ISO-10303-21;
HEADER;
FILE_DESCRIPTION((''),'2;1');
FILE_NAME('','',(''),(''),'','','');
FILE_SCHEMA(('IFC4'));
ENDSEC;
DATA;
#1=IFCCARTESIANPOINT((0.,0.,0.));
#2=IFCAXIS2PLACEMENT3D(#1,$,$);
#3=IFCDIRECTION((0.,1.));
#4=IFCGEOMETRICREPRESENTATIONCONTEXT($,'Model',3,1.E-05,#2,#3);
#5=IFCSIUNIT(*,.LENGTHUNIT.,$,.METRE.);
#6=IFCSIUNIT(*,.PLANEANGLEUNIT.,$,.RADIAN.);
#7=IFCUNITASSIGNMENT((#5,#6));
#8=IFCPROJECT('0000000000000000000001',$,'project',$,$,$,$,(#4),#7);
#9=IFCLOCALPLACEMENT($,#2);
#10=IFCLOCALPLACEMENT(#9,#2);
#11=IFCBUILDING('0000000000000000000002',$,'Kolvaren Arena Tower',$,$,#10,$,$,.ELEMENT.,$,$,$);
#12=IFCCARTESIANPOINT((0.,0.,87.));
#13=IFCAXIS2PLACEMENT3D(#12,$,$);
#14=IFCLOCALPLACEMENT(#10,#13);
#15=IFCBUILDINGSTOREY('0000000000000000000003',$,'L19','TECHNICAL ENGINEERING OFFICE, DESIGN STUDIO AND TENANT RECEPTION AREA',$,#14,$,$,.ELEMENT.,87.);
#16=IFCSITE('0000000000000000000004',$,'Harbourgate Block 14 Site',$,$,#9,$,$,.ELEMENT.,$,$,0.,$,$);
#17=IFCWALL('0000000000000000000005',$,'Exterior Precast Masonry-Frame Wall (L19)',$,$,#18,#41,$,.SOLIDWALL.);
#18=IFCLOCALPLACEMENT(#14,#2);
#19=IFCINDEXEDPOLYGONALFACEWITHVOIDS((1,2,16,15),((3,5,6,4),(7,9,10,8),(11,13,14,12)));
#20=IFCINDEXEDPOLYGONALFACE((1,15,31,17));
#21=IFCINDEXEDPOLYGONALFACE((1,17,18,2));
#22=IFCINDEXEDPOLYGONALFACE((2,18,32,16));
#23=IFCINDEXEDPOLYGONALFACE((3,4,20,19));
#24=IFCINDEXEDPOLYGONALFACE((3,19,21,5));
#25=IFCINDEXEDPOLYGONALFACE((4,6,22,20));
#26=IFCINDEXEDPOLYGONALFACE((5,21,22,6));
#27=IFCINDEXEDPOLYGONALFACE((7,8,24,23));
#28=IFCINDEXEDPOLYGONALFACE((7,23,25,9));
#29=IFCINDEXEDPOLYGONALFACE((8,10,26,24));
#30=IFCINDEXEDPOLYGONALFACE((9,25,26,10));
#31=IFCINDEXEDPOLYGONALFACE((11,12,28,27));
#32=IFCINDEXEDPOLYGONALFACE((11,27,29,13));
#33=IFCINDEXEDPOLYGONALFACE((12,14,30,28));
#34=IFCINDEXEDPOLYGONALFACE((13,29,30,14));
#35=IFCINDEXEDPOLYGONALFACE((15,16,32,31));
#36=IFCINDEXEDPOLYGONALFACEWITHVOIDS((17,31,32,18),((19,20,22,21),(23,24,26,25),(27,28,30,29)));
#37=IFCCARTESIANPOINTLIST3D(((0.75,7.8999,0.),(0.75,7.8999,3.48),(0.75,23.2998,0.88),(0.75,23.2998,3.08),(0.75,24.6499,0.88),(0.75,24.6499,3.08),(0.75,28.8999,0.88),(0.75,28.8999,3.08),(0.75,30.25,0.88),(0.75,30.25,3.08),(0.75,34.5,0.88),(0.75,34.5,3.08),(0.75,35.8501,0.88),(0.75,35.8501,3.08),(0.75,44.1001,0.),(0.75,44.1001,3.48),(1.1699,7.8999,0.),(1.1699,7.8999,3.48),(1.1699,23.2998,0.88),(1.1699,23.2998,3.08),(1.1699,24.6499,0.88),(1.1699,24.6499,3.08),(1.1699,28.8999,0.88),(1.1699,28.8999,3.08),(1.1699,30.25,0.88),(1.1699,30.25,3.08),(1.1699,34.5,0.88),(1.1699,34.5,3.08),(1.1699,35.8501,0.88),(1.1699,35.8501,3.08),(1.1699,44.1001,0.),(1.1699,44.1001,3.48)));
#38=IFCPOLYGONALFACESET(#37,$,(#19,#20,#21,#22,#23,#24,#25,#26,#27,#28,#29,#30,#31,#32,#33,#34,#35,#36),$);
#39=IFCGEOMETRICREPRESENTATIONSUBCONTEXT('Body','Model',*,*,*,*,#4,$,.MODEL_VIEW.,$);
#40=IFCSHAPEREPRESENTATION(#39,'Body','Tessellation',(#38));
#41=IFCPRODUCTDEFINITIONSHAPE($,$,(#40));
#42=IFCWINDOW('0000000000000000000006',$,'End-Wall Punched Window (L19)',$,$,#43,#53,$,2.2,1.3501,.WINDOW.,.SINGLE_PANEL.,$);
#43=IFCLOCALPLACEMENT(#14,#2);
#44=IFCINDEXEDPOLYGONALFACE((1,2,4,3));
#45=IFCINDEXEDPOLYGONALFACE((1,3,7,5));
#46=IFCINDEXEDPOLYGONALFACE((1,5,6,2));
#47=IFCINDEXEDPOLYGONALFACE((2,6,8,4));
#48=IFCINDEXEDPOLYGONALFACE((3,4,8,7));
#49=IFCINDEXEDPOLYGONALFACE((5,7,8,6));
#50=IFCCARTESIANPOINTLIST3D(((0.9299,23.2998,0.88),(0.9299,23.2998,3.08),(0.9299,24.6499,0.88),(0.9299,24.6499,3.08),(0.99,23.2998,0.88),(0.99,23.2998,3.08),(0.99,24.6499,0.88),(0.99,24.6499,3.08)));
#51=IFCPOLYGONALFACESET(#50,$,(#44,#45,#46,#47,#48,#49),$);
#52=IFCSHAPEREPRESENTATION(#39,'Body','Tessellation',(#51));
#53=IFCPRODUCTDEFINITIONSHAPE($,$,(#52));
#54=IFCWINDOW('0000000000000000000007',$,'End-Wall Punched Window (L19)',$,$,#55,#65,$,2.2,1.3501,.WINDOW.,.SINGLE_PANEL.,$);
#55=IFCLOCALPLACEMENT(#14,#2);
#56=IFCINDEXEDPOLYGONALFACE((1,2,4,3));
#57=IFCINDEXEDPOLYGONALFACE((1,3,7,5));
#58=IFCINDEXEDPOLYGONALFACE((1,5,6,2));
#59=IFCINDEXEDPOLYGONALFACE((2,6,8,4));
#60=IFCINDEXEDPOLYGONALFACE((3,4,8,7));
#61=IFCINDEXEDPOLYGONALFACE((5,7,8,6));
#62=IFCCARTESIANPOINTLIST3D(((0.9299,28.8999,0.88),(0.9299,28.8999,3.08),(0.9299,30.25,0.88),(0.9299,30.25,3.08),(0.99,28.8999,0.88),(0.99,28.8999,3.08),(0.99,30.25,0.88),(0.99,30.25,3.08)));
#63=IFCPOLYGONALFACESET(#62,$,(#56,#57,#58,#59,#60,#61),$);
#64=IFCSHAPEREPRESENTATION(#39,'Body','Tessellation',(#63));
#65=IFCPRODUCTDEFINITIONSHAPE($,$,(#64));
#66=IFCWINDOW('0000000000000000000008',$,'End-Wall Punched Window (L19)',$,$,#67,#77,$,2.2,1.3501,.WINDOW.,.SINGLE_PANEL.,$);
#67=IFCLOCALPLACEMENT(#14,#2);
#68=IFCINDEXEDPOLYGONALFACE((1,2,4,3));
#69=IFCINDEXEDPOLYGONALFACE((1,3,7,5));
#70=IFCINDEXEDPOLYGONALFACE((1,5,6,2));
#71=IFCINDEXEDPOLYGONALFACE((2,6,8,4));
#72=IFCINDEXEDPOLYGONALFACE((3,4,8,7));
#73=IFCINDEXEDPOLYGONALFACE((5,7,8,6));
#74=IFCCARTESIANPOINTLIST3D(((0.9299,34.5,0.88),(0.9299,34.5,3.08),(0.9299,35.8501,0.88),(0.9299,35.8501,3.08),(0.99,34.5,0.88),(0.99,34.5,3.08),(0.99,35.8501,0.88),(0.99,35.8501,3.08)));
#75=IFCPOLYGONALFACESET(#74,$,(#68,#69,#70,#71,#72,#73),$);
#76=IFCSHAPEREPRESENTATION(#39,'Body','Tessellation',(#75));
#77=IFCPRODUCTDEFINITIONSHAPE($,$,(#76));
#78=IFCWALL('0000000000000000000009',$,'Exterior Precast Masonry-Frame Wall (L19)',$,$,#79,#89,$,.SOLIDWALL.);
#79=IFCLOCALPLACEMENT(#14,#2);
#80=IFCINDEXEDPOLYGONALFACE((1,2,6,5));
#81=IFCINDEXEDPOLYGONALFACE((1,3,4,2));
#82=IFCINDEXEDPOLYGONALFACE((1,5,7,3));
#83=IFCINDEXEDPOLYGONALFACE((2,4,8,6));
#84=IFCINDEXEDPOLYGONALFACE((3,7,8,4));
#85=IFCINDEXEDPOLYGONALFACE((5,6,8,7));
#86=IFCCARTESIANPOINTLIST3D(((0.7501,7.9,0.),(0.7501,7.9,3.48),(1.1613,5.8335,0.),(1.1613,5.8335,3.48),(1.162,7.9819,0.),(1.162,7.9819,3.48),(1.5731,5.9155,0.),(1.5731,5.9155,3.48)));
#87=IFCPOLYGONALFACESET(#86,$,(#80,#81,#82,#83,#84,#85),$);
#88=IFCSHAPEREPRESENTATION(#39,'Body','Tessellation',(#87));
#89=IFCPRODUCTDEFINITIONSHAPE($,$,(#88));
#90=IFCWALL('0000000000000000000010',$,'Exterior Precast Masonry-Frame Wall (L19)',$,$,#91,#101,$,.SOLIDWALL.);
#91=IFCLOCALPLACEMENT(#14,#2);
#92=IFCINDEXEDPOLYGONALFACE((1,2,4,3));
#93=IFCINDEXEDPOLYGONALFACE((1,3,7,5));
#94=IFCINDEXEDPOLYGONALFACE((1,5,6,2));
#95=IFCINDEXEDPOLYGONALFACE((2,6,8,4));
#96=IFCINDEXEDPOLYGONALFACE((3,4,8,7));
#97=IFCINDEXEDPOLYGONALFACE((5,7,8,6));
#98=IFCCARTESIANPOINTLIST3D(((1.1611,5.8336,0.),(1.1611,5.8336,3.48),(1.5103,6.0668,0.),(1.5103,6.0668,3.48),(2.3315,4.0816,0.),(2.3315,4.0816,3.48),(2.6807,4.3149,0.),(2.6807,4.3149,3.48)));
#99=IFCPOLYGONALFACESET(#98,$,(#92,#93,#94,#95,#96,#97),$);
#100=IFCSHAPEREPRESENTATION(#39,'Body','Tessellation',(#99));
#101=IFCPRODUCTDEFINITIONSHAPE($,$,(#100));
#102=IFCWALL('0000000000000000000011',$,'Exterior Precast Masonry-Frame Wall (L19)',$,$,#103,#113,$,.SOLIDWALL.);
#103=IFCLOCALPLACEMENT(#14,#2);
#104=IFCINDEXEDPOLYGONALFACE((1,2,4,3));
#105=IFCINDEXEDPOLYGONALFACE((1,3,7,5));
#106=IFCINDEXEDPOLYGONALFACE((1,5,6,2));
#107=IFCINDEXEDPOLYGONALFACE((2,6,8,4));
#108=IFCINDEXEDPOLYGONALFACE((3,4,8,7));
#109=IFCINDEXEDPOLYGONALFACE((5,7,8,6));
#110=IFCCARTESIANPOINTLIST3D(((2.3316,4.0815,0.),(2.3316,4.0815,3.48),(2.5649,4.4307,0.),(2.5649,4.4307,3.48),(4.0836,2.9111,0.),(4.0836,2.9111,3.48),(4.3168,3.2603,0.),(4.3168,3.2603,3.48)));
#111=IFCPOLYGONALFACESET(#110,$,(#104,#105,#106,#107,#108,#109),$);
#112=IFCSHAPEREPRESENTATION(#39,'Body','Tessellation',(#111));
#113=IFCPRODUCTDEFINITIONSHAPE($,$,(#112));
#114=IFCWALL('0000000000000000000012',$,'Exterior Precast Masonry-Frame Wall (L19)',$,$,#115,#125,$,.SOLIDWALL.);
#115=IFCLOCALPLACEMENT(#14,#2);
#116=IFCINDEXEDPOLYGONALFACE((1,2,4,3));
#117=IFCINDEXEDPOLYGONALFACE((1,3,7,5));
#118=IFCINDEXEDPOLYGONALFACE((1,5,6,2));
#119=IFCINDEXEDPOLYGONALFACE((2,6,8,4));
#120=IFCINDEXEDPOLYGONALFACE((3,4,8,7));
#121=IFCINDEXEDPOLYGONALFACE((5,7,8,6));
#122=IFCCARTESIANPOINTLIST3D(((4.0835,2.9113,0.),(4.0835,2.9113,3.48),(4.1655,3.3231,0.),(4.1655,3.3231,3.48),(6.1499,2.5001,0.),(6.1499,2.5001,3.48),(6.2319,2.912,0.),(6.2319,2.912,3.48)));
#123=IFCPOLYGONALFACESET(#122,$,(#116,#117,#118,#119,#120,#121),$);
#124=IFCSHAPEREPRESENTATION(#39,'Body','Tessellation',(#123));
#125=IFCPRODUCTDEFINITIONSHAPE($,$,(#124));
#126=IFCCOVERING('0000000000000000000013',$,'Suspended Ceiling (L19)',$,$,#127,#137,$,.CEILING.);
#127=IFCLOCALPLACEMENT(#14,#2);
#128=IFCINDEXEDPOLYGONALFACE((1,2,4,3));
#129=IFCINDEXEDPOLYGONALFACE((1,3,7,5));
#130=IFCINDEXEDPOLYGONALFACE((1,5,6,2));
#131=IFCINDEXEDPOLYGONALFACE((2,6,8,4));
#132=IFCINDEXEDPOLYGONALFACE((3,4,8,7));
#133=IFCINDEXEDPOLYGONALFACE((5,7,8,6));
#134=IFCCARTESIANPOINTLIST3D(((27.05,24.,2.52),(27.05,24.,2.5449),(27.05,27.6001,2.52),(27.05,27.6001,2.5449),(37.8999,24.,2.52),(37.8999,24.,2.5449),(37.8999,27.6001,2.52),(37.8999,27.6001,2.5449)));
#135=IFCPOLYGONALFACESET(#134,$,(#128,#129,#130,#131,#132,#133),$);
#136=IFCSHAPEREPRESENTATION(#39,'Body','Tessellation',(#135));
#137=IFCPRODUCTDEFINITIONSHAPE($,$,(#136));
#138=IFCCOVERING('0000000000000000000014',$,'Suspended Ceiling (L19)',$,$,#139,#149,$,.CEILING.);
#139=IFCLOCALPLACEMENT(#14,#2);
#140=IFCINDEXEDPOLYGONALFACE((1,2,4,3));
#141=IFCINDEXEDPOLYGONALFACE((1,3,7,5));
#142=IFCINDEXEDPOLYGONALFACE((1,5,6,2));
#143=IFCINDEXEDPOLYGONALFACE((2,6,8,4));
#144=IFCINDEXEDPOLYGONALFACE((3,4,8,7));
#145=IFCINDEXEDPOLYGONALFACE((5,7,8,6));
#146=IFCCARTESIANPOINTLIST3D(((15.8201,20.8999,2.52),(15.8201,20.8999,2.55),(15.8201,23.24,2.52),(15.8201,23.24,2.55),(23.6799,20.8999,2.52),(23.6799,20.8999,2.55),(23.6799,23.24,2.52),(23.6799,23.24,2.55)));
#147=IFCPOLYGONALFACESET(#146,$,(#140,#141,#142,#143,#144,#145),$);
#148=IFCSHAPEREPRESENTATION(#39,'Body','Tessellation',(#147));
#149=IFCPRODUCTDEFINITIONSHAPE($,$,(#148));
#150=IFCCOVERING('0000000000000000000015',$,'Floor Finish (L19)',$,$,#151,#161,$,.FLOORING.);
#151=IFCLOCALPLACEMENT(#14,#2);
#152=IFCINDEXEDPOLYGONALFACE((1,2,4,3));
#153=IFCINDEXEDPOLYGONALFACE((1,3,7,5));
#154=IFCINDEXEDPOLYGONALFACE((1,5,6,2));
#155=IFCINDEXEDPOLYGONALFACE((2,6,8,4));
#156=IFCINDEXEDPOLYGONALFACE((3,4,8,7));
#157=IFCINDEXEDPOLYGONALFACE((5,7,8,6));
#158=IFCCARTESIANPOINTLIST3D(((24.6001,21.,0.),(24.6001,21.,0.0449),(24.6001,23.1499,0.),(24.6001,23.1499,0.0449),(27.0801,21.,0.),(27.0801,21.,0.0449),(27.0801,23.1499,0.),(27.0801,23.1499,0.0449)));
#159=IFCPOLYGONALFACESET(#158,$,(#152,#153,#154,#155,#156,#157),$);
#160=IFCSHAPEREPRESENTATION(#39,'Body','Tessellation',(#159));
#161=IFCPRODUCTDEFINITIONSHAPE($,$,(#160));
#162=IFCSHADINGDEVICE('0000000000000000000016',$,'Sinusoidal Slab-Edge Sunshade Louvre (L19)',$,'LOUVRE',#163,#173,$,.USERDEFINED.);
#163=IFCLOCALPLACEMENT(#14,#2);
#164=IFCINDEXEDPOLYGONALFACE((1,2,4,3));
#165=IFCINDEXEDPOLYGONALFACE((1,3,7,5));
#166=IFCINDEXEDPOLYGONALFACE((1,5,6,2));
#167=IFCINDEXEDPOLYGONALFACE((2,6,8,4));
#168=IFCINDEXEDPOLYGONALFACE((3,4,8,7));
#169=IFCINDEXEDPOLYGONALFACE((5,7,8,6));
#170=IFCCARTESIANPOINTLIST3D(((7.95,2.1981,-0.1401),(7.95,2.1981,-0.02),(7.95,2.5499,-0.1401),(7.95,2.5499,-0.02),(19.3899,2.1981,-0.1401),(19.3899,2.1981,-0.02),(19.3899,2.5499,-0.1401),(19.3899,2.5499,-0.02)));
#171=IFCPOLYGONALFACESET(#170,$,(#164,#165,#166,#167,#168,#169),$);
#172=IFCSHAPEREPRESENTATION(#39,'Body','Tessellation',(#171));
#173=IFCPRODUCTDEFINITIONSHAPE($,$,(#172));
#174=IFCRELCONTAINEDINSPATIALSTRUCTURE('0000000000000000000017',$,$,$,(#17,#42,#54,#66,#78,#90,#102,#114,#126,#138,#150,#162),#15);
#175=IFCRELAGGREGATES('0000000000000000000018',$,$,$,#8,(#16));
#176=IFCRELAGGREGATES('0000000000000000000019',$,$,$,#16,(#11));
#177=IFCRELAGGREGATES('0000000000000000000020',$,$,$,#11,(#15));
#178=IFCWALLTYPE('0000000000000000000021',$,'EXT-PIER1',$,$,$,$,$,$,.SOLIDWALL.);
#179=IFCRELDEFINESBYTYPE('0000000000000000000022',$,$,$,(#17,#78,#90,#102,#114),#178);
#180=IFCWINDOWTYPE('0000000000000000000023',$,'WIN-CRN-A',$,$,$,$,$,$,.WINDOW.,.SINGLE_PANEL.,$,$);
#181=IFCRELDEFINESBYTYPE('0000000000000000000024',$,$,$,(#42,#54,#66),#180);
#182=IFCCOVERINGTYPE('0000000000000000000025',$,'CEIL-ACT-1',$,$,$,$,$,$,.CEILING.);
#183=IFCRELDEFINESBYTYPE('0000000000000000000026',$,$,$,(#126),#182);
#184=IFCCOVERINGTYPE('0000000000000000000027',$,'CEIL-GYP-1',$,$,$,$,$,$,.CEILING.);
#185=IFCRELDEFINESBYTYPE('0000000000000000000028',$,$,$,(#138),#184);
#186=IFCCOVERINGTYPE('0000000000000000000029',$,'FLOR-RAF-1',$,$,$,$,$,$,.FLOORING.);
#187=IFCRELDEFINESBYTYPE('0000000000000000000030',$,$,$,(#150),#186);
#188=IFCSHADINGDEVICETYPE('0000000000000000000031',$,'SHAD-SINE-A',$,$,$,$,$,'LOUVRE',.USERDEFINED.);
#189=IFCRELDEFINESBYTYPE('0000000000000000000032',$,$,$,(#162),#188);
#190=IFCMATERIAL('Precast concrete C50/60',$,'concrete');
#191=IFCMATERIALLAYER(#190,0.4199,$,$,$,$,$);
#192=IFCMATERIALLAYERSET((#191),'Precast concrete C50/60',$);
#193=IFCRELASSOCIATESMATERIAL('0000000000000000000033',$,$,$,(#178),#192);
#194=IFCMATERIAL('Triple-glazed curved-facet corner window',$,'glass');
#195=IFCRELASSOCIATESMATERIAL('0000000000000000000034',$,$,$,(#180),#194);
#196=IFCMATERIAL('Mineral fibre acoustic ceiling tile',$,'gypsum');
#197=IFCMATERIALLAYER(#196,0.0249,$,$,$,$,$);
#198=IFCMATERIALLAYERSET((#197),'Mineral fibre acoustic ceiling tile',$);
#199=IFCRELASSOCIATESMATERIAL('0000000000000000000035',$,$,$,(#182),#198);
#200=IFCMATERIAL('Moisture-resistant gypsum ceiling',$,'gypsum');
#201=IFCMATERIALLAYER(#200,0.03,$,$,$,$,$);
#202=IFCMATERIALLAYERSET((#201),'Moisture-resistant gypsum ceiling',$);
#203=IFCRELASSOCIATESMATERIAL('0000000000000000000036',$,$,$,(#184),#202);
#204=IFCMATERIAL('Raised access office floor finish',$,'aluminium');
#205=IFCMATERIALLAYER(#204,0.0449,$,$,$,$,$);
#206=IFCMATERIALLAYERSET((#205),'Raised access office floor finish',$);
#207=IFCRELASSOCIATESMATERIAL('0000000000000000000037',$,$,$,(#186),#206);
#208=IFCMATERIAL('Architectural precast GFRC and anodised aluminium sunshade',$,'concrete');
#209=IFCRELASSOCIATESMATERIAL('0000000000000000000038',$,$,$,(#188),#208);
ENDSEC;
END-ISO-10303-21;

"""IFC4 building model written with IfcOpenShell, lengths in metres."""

from ifc_helpers import new_model, si_unit, direction, frame, frame_2d, origin, origin_2d, place, context, subcontext, project, spatial, polyline, rectangle, outline, extrude, material, layer, layer_set, type_object, element, fill, save


model = new_model("IFC4")

# Units and contexts
model_context = context("Model", 3, precision=1e-05, world=origin(), true_north=direction((0.0, 1.0)))
body_context = subcontext(model_context, "Body", "Model", "MODEL_VIEW")
ifc_project = project(units=[si_unit("LENGTHUNIT", "METRE"), si_unit("PLANEANGLEUNIT", "RADIAN")], contexts=[model_context])

# Site, building, storey
site_placement = place(None, origin())
site = spatial("IfcSite", under=ifc_project, at=site_placement, Name="Harbourgate Block 14 Site", CompositionType="ELEMENT", RefElevation=0.0)
building_placement = place(site_placement, origin())
building = spatial("IfcBuilding", under=site, at=building_placement, Name="Kolvaren Arena Tower", CompositionType="ELEMENT")
storey_placement = place(building_placement, frame((0.0, 0.0, 87.0)))
storey = spatial("IfcBuildingStorey", under=building, at=storey_placement, Name="L19", Description="TECHNICAL ENGINEERING OFFICE, DESIGN STUDIO AND TENANT RECEPTION AREA", CompositionType="ELEMENT", Elevation=87.0)

# Wall, openings, windows
ifc_material_1 = material(Name="Precast concrete C50/60", Category="concrete")
ifc_layer_1 = layer(ifc_material_1, 0.4199)
ifc_layer_set_1 = layer_set([ifc_layer_1], Name="Precast concrete C50/60")
wall_type = type_object("IfcWallType", Name="EXT-PIER1", PredefinedType="SOLIDWALL", material=ifc_layer_set_1)
wall_placement = place(storey_placement, frame((0.96, 7.8999, 0.0), z_axis=(0.0, 0.0, 1.0), x_axis=(0.0, 1.0, 0.0)))
wall = element("IfcWall", 1, at=wall_placement, inside=storey, type_object=wall_type, Name="Exterior Precast Masonry-Frame Wall (L19)", PredefinedType="SOLIDWALL", context=body_context, shape_type="SweptSolid", body=[
    extrude(rectangle(XDim=36.2002, YDim=0.4199, at=frame_2d((18.1001, 0.0))), origin(), (0.0, 0.0, 1.0), 3.48),
])
opening_1_placement = place(wall_placement, frame((15.3999, 0.0, 0.8799)))
opening_1 = element("IfcOpeningElement", 2, at=opening_1_placement, cuts=wall, PredefinedType="OPENING", context=body_context, shape_type="SweptSolid", body=[
    extrude(rectangle(XDim=1.3501, YDim=2.2, at=frame_2d((0.675, 1.1001))), frame((0.0, 0.22, 0.0), z_axis=(0.0, -1.0, 0.0), x_axis=(1.0, 0.0, 0.0)), (0.0, 0.0, 1.0), 0.4399),
])
opening_2_placement = place(wall_placement, frame((21.0, 0.0, 0.8799)))
opening_2 = element("IfcOpeningElement", 3, at=opening_2_placement, cuts=wall, PredefinedType="OPENING", context=body_context, shape_type="SweptSolid", body=[
    extrude(rectangle(XDim=1.3501, YDim=2.2, at=frame_2d((0.675, 1.1001))), frame((0.0, 0.22, 0.0), z_axis=(0.0, -1.0, 0.0), x_axis=(1.0, 0.0, 0.0)), (0.0, 0.0, 1.0), 0.4399),
])
opening_3_placement = place(wall_placement, frame((26.6001, 0.0, 0.8799)))
opening_3 = element("IfcOpeningElement", 4, at=opening_3_placement, cuts=wall, PredefinedType="OPENING", context=body_context, shape_type="SweptSolid", body=[
    extrude(rectangle(XDim=1.3501, YDim=2.2, at=frame_2d((0.675, 1.1001))), frame((0.0, 0.22, 0.0), z_axis=(0.0, -1.0, 0.0), x_axis=(1.0, 0.0, 0.0)), (0.0, 0.0, 1.0), 0.4399),
])
ifc_material_2 = material(Name="Triple-glazed curved-facet corner window", Category="glass")
window_type = type_object("IfcWindowType", Name="WIN-CRN-A", PartitioningType="SINGLE_PANEL", PredefinedType="WINDOW", material=ifc_material_2)
window_1_placement = place(opening_1_placement, origin())
window_1 = element("IfcWindow", 5, at=window_1_placement, inside=storey, type_object=window_type, Name="End-Wall Punched Window (L19)", OverallHeight=2.2, OverallWidth=1.3501, PartitioningType="SINGLE_PANEL", PredefinedType="WINDOW", context=body_context, shape_type="SweptSolid", body=[
    extrude(rectangle(XDim=1.3501, YDim=2.2, at=frame_2d((0.675, 1.1001))), frame((0.0, 0.03, 0.0), z_axis=(0.0, -1.0, 0.0), x_axis=(1.0, 0.0, 0.0)), (0.0, 0.0, 1.0), 0.0601),
])
fill(opening_1, window_1)
window_2_placement = place(opening_2_placement, origin())
window_2 = element("IfcWindow", 6, at=window_2_placement, inside=storey, type_object=window_type, Name="End-Wall Punched Window (L19)", OverallHeight=2.2, OverallWidth=1.3501, PartitioningType="SINGLE_PANEL", PredefinedType="WINDOW", context=body_context, shape_type="SweptSolid", body=[
    extrude(rectangle(XDim=1.3501, YDim=2.2, at=frame_2d((0.675, 1.1001))), frame((0.0, 0.03, 0.0), z_axis=(0.0, -1.0, 0.0), x_axis=(1.0, 0.0, 0.0)), (0.0, 0.0, 1.0), 0.0601),
])
fill(opening_2, window_2)
window_3_placement = place(opening_3_placement, origin())
window_3 = element("IfcWindow", 7, at=window_3_placement, inside=storey, type_object=window_type, Name="End-Wall Punched Window (L19)", OverallHeight=2.2, OverallWidth=1.3501, PartitioningType="SINGLE_PANEL", PredefinedType="WINDOW", context=body_context, shape_type="SweptSolid", body=[
    extrude(rectangle(XDim=1.3501, YDim=2.2, at=frame_2d((0.675, 1.1001))), frame((0.0, 0.03, 0.0), z_axis=(0.0, -1.0, 0.0), x_axis=(1.0, 0.0, 0.0)), (0.0, 0.0, 1.0), 0.0601),
])
fill(opening_3, window_3)

# Walls
for number, where, z_axis, x_axis, name in (
    (8, (1.3672, 5.8745, 0.0), (0.0, 0.0, 1.0), (-0.195136, 0.980776, 0.0), "Exterior Precast Masonry-Frame Wall (L19)"),
    (9, (2.5061, 4.1982, 0.0), (0.0, 0.0, 1.0), (-0.555502, 0.831515, 0.0), "Exterior Precast Masonry-Frame Wall (L19)"),
    (10, (4.2002, 3.0857, 0.0), (0.0, 0.0, 1.0), (-0.831515, 0.555502, 0.0), "Exterior Precast Masonry-Frame Wall (L19)"),
    (11, (6.1909, 2.7061, 0.0), (0.0, 0.0, 1.0), (-0.980776, 0.195136, 0.0), "Exterior Precast Masonry-Frame Wall (L19)"),
):
    element("IfcWall", number, at=place(storey_placement, frame(where, z_axis=z_axis, x_axis=x_axis)), inside=storey, type_object=wall_type, Name=name, PredefinedType="SOLIDWALL", context=body_context, shape_type="SweptSolid", body=[
        extrude(rectangle(XDim=2.1069, YDim=0.4199, at=frame_2d((1.0535, 0.0))), origin(), (0.0, 0.0, 1.0), 3.48),
    ])

# Coverings
ifc_material_3 = material(Name="Mineral fibre acoustic ceiling tile", Category="gypsum")
ifc_layer_2 = layer(ifc_material_3, 0.0249)
ifc_layer_set_2 = layer_set([ifc_layer_2], Name="Mineral fibre acoustic ceiling tile")
covering_type_1 = type_object("IfcCoveringType", Name="CEIL-ACT-1", PredefinedType="CEILING", material=ifc_layer_set_2)
covering_1_placement = place(storey_placement, frame((0.0, 0.0, 2.52)))
element("IfcCovering", 12, at=covering_1_placement, inside=storey, type_object=covering_type_1, Name="Suspended Ceiling (L19)", PredefinedType="CEILING", context=body_context, shape_type="SweptSolid", body=[
    extrude(outline(polyline([(27.05, 24.0), (27.05, 27.6001), (37.8999, 27.6001), (37.8999, 24.0), (27.05, 24.0)])), origin(), (0.0, 0.0, 1.0), 0.0249),
])
ifc_material_4 = material(Name="Moisture-resistant gypsum ceiling", Category="gypsum")
ifc_layer_3 = layer(ifc_material_4, 0.03)
ifc_layer_set_3 = layer_set([ifc_layer_3], Name="Moisture-resistant gypsum ceiling")
covering_type_2 = type_object("IfcCoveringType", Name="CEIL-GYP-1", PredefinedType="CEILING", material=ifc_layer_set_3)
covering_2_placement = place(storey_placement, frame((0.0, 0.0, 2.52)))
element("IfcCovering", 13, at=covering_2_placement, inside=storey, type_object=covering_type_2, Name="Suspended Ceiling (L19)", PredefinedType="CEILING", context=body_context, shape_type="SweptSolid", body=[
    extrude(outline(polyline([(15.8201, 20.8999), (15.8201, 23.24), (23.6799, 23.24), (23.6799, 20.8999), (15.8201, 20.8999)])), origin(), (0.0, 0.0, 1.0), 0.03),
])
ifc_material_5 = material(Name="Raised access office floor finish", Category="aluminium")
ifc_layer_4 = layer(ifc_material_5, 0.0449)
ifc_layer_set_4 = layer_set([ifc_layer_4], Name="Raised access office floor finish")
covering_type_3 = type_object("IfcCoveringType", Name="FLOR-RAF-1", PredefinedType="FLOORING", material=ifc_layer_set_4)
covering_3_placement = place(storey_placement, origin())
element("IfcCovering", 14, at=covering_3_placement, inside=storey, type_object=covering_type_3, Name="Floor Finish (L19)", PredefinedType="FLOORING", context=body_context, shape_type="SweptSolid", body=[
    extrude(outline(polyline([(24.6001, 21.0), (24.6001, 23.1499), (27.0801, 23.1499), (27.0801, 21.0), (24.6001, 21.0)])), origin(), (0.0, 0.0, 1.0), 0.0449),
])

# Shading device
ifc_material_6 = material(Name="Architectural precast GFRC and anodised aluminium sunshade", Category="concrete")
shading_device_type = type_object("IfcShadingDeviceType", Name="SHAD-SINE-A", ElementType="LOUVRE", PredefinedType="USERDEFINED", material=ifc_material_6)
shading_device_placement = place(storey_placement, frame((13.6699, 2.374, -0.1401), z_axis=(0.0, 0.0, 1.0), x_axis=(-1.0, 0.0, 0.0)))
element("IfcShadingDevice", 15, at=shading_device_placement, inside=storey, type_object=shading_device_type, Name="Sinusoidal Slab-Edge Sunshade Louvre (L19)", ObjectType="LOUVRE", PredefinedType="USERDEFINED", context=body_context, shape_type="SweptSolid", body=[
    extrude(rectangle(XDim=11.4399, YDim=0.3518, at=origin_2d()), origin(), (0.0, 0.0, 1.0), 0.1201),
])

save(model, "model.ifc")
